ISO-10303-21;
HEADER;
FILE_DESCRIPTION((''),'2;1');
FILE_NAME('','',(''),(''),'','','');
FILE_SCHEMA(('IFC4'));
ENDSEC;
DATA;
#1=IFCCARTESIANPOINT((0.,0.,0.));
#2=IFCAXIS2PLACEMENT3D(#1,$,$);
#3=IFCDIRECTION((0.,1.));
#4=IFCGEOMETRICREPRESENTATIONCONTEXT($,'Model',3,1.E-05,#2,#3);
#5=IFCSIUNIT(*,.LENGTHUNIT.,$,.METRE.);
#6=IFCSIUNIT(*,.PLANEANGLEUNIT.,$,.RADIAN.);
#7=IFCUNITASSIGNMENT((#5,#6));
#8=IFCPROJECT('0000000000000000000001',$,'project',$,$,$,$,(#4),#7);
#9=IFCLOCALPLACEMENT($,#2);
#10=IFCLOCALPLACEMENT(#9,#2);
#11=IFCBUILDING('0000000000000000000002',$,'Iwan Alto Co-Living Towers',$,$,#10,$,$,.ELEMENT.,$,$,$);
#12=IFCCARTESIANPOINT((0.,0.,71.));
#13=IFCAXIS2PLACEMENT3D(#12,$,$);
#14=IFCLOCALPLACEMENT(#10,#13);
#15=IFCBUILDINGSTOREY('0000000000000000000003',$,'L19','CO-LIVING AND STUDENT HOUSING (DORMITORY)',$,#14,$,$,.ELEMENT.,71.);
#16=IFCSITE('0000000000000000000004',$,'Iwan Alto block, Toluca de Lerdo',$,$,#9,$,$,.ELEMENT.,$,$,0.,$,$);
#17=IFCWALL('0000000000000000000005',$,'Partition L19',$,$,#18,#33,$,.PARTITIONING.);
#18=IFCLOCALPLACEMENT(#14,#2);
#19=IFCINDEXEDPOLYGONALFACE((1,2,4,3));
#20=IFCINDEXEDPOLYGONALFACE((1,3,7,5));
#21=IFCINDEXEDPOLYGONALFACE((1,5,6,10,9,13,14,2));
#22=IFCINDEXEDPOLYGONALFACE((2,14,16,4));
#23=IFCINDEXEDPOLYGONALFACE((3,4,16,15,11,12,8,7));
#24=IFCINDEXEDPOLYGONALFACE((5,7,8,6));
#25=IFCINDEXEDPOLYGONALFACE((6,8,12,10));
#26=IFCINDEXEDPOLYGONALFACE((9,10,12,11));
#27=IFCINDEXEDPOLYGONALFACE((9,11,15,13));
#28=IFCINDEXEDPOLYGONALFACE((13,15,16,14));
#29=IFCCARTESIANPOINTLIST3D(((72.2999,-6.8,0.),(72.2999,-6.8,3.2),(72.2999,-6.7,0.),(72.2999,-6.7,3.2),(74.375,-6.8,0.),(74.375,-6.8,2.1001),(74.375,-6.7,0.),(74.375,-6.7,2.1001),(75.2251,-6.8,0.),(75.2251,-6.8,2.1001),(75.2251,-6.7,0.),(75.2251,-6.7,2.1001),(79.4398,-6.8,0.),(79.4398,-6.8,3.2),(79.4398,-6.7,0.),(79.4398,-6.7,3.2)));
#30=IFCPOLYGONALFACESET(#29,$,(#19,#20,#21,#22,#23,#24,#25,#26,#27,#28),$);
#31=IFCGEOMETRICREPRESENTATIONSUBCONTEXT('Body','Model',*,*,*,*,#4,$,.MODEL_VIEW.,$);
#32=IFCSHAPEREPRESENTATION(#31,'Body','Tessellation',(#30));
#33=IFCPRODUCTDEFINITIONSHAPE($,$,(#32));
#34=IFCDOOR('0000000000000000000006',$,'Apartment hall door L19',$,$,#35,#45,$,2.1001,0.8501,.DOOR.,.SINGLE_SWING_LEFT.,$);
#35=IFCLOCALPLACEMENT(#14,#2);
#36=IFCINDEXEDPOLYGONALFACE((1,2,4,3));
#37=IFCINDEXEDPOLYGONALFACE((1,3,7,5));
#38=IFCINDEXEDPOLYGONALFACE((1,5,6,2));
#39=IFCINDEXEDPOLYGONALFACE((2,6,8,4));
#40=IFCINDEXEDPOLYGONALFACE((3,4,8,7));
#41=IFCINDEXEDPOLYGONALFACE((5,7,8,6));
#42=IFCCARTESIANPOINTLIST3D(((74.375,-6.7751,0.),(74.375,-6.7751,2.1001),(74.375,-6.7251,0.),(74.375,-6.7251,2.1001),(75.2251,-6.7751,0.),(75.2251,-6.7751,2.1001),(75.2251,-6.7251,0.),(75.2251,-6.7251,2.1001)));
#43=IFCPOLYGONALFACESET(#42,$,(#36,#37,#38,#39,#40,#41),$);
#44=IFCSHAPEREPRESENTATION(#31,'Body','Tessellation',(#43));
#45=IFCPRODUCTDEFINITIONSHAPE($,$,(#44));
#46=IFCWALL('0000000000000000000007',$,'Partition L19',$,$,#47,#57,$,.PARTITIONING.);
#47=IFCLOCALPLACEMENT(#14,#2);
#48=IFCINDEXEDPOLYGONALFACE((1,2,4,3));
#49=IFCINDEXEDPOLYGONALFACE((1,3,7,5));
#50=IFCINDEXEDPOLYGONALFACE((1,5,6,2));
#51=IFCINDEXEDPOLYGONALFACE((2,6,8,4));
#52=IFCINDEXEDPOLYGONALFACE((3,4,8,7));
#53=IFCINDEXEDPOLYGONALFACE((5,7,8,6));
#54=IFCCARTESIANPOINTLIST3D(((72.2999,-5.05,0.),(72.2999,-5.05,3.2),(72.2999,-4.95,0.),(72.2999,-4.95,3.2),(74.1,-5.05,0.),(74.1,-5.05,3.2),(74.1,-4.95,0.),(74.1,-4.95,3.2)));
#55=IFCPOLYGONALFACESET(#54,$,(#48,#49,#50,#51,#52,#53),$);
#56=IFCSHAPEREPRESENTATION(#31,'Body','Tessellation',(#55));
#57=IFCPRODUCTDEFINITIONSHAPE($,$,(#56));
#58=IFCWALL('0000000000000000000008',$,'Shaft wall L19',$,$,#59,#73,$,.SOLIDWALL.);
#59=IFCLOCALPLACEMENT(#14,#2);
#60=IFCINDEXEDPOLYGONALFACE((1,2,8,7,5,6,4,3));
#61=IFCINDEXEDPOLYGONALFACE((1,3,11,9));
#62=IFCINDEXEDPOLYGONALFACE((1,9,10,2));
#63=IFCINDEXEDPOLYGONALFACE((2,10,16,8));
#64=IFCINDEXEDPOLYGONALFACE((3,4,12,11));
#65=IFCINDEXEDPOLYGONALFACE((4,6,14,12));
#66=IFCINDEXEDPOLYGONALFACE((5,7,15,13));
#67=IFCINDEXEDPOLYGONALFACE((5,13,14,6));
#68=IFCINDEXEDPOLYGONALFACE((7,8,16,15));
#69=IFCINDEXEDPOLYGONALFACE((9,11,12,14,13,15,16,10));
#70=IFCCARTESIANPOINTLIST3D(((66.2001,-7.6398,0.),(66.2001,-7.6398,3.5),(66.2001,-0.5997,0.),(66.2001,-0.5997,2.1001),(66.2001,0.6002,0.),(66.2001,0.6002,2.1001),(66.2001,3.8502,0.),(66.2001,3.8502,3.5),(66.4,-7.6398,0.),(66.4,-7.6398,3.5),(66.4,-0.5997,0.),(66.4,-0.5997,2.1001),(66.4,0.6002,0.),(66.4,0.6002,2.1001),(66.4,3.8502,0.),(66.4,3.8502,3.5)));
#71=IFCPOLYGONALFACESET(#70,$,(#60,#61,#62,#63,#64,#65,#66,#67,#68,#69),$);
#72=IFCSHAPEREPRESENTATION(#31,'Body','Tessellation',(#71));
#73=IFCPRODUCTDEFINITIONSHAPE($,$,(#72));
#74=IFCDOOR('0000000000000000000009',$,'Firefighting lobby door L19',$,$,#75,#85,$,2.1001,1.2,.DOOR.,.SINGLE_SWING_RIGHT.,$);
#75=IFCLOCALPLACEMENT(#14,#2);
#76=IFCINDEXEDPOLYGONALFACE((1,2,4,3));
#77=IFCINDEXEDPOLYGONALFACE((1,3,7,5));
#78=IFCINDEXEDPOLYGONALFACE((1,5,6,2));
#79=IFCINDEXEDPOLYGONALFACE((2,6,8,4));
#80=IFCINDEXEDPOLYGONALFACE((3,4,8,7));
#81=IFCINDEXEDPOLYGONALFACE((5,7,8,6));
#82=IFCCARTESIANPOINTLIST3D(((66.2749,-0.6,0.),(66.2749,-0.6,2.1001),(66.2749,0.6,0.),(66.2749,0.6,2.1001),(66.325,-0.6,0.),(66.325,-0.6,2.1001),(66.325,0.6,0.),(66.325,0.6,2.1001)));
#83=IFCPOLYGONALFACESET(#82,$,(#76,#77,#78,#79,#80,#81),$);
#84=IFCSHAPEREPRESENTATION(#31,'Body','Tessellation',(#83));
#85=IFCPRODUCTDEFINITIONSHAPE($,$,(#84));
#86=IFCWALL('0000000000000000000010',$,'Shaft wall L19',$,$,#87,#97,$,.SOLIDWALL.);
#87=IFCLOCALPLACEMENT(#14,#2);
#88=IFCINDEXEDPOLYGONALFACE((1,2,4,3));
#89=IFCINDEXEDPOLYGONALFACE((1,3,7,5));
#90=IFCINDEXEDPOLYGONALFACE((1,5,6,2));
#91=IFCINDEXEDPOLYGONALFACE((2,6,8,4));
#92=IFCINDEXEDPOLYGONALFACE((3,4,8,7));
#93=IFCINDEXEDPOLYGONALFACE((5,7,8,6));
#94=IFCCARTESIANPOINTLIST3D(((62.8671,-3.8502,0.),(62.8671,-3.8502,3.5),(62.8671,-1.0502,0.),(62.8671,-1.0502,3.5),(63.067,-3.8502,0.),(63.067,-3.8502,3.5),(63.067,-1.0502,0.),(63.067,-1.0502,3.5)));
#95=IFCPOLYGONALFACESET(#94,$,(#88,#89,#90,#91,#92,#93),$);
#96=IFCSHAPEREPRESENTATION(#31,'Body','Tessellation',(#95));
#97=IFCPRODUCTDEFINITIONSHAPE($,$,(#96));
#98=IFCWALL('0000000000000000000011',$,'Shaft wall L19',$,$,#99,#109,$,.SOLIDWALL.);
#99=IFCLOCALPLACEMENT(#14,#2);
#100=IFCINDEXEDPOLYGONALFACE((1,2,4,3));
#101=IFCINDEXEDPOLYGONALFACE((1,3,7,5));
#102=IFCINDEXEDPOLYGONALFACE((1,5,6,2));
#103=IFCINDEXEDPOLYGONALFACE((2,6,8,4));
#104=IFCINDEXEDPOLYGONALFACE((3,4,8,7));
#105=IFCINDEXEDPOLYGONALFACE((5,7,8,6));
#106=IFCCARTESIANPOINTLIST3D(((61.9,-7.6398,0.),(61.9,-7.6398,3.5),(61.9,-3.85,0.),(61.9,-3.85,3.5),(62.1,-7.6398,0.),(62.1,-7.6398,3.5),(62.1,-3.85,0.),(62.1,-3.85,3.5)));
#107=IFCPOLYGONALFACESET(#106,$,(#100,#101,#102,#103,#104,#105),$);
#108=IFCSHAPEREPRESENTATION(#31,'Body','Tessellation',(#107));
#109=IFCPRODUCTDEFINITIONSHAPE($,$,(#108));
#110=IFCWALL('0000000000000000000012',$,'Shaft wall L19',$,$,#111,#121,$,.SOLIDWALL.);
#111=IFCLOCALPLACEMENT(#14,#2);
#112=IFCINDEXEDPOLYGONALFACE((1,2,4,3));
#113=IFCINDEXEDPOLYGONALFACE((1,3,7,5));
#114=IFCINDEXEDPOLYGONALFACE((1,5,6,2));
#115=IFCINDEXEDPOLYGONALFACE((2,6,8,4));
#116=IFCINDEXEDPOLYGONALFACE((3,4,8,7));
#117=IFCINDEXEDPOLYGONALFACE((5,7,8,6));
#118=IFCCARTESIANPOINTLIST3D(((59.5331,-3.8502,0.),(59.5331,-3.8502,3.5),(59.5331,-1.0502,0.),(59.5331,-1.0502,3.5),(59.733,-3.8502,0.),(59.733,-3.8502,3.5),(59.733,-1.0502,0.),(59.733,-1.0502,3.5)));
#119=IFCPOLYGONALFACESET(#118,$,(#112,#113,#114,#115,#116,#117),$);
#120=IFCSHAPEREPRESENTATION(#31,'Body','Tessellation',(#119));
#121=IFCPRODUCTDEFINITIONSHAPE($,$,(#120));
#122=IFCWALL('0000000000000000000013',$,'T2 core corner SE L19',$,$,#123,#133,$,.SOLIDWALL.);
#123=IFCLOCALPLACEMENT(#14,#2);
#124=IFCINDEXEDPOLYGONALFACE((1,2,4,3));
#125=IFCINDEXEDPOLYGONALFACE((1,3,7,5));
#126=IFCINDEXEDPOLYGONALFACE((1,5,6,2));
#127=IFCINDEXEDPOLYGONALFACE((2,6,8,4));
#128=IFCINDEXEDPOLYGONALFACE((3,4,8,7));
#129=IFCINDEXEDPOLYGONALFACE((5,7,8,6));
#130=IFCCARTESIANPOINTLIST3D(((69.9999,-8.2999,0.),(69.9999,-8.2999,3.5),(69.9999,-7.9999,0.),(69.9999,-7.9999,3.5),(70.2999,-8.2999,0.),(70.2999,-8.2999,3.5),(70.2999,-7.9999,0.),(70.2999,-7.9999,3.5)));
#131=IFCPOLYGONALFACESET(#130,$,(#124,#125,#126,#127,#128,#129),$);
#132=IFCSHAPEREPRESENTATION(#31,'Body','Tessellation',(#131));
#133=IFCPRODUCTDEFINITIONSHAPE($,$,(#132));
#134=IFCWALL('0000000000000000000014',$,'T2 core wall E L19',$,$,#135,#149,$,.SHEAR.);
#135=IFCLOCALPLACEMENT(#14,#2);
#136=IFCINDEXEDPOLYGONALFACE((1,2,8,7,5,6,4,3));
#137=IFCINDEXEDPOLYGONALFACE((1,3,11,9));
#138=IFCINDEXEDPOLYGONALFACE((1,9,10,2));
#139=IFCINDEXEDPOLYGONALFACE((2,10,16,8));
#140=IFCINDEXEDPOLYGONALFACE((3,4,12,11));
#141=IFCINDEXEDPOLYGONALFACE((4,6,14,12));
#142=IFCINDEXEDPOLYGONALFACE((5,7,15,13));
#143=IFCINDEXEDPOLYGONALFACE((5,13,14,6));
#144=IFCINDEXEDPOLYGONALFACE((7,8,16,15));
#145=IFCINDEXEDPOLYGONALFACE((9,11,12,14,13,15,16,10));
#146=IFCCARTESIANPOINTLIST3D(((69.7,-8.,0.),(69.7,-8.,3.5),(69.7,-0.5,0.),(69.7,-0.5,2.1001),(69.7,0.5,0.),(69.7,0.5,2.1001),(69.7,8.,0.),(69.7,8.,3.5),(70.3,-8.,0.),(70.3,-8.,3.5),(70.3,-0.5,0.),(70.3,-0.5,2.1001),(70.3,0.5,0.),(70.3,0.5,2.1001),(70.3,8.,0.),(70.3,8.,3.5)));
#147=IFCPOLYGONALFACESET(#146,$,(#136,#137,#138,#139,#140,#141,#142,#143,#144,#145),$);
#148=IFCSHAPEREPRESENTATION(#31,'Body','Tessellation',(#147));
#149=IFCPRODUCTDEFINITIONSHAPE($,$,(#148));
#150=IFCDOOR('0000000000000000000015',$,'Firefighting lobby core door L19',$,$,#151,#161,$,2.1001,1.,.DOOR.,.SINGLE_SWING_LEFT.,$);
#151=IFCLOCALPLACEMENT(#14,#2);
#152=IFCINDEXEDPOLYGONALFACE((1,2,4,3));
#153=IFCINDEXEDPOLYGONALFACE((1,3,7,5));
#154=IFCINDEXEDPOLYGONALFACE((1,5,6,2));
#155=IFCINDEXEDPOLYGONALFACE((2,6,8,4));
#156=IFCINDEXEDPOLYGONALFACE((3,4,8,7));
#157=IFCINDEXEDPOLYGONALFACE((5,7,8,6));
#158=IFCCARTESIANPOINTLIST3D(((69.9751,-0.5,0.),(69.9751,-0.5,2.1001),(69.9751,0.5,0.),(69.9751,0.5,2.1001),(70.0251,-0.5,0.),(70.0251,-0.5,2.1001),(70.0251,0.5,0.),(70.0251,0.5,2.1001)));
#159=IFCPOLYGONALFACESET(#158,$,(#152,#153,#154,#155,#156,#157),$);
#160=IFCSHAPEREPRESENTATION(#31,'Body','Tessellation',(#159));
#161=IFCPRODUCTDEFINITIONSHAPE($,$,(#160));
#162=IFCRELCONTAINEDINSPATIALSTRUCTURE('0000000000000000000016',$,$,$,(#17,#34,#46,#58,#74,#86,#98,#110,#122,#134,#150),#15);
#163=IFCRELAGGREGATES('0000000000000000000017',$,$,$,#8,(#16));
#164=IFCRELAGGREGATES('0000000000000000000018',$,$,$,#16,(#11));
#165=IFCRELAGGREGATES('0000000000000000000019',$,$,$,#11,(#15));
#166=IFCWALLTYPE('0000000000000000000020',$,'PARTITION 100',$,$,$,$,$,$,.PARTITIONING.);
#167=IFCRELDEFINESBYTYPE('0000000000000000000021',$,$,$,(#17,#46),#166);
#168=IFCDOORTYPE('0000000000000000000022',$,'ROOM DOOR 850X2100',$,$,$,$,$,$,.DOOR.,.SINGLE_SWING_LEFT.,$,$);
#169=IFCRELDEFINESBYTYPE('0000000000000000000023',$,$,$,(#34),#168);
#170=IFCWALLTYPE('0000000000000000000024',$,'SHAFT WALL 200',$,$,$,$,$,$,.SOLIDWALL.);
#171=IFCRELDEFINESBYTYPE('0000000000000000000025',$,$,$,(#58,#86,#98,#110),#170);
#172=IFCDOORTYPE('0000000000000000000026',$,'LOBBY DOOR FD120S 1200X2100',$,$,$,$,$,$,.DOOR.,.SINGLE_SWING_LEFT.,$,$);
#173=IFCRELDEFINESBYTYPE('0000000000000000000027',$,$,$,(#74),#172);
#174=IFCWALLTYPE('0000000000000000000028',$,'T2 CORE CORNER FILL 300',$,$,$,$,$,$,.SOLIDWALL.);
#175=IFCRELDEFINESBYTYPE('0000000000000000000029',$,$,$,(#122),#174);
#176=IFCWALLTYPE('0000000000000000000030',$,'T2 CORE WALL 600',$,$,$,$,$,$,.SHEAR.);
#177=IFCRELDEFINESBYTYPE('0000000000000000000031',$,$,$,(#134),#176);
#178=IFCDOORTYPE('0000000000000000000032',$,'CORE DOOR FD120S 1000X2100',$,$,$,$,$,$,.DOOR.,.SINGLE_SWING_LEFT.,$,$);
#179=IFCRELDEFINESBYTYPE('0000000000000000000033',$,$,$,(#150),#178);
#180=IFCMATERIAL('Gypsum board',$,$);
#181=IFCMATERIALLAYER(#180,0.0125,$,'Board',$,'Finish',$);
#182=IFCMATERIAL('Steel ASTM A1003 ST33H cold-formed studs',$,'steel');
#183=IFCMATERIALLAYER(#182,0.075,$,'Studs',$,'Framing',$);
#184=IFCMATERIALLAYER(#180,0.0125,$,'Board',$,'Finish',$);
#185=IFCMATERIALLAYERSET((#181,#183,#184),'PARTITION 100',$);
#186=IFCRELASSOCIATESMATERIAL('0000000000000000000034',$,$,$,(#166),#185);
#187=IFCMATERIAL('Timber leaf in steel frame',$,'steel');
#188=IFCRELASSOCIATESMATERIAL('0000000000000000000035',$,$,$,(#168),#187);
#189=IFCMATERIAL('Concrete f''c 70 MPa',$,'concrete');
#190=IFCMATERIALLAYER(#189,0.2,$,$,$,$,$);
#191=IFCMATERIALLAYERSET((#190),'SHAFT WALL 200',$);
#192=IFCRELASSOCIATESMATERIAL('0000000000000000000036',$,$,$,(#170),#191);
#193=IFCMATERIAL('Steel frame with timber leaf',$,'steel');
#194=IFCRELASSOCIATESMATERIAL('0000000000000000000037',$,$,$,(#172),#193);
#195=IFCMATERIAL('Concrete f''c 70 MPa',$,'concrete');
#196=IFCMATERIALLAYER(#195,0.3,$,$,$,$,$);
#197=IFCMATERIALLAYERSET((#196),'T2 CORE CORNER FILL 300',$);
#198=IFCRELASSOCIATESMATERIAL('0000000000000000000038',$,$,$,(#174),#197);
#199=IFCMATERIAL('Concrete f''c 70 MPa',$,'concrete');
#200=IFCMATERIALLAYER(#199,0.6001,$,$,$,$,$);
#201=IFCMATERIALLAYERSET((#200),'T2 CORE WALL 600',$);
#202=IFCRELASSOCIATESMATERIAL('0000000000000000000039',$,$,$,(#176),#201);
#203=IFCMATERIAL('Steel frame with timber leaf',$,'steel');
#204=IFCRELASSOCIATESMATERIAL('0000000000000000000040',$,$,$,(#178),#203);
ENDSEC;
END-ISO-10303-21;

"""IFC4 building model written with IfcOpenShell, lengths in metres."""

from ifc_helpers import new_model, si_unit, direction, frame, frame_2d, origin, place, context, subcontext, project, spatial, rectangle, extrude, material, layer, layer_set, type_object, element, fill, save


model = new_model("IFC4")

# Units and contexts
model_context = context("Model", 3, precision=1e-05, world=origin(), true_north=direction((0.0, 1.0)))
body_context = subcontext(model_context, "Body", "Model", "MODEL_VIEW")
ifc_project = project(units=[si_unit("LENGTHUNIT", "METRE"), si_unit("PLANEANGLEUNIT", "RADIAN")], contexts=[model_context])

# Site, building, storey
site_placement = place(None, origin())
site = spatial("IfcSite", under=ifc_project, at=site_placement, Name="Iwan Alto block, Toluca de Lerdo", CompositionType="ELEMENT", RefElevation=0.0)
building_placement = place(site_placement, origin())
building = spatial("IfcBuilding", under=site, at=building_placement, Name="Iwan Alto Co-Living Towers", CompositionType="ELEMENT")
storey_placement = place(building_placement, frame((0.0, 0.0, 71.0)))
storey = spatial("IfcBuildingStorey", under=building, at=storey_placement, Name="L19", Description="CO-LIVING AND STUDENT HOUSING (DORMITORY)", CompositionType="ELEMENT", Elevation=71.0)

# Wall, opening, door
ifc_material_1 = material(Name="Gypsum board")
ifc_layer_1 = layer(ifc_material_1, 0.0125, Name="Board", Category="Finish")
ifc_material_2 = material(Name="Steel ASTM A1003 ST33H cold-formed studs", Category="steel")
ifc_layer_2 = layer(ifc_material_2, 0.075, Name="Studs", Category="Framing")
ifc_layer_3 = layer(ifc_material_1, 0.0125, Name="Board", Category="Finish")
ifc_layer_set_1 = layer_set([ifc_layer_1, ifc_layer_2, ifc_layer_3], Name="PARTITION 100")
wall_type_1 = type_object("IfcWallType", Name="PARTITION 100", PredefinedType="PARTITIONING", material=ifc_layer_set_1)
wall_1_placement = place(storey_placement, frame((72.3, -6.75, 0.0), z_axis=(0.0, 0.0, 1.0), x_axis=(1.0, 0.0, 0.0)))
wall_1 = element("IfcWall", 1, at=wall_1_placement, inside=storey, type_object=wall_type_1, Name="Partition L19", PredefinedType="PARTITIONING", context=body_context, shape_type="SweptSolid", body=[
    extrude(rectangle(XDim=7.1399, YDim=0.1001, at=frame_2d((3.5698, 0.0))), origin(), (0.0, 0.0, 1.0), 3.2),
])
opening_1_placement = place(wall_1_placement, frame((2.075, 0.0, 0.0)))
opening_1 = element("IfcOpeningElement", 2, at=opening_1_placement, cuts=wall_1, PredefinedType="OPENING", context=body_context, shape_type="SweptSolid", body=[
    extrude(rectangle(XDim=0.8501, YDim=2.1001, at=frame_2d((0.425, 1.05))), frame((0.0, 0.0601, 0.0), z_axis=(0.0, -1.0, 0.0), x_axis=(1.0, 0.0, 0.0)), (0.0, 0.0, 1.0), 0.1201),
])
ifc_material_3 = material(Name="Timber leaf in steel frame", Category="steel")
door_type_1 = type_object("IfcDoorType", Name="ROOM DOOR 850X2100", OperationType="SINGLE_SWING_LEFT", PredefinedType="DOOR", material=ifc_material_3)
door_1_placement = place(opening_1_placement, origin())
door_1 = element("IfcDoor", 3, at=door_1_placement, inside=storey, type_object=door_type_1, Name="Apartment hall door L19", OperationType="SINGLE_SWING_LEFT", OverallHeight=2.1001, OverallWidth=0.8501, PredefinedType="DOOR", context=body_context, shape_type="SweptSolid", body=[
    extrude(rectangle(XDim=0.8501, YDim=2.1001, at=frame_2d((0.425, 1.05))), frame((0.0, 0.0249, 0.0), z_axis=(0.0, -1.0, 0.0), x_axis=(1.0, 0.0, 0.0)), (0.0, 0.0, 1.0), 0.05),
])
fill(opening_1, door_1)

# Wall
wall_2_placement = place(storey_placement, frame((72.3, -5.0, 0.0), z_axis=(0.0, 0.0, 1.0), x_axis=(1.0, 0.0, 0.0)))
element("IfcWall", 4, at=wall_2_placement, inside=storey, type_object=wall_type_1, Name="Partition L19", PredefinedType="PARTITIONING", context=body_context, shape_type="SweptSolid", body=[
    extrude(rectangle(XDim=1.8, YDim=0.1001, at=frame_2d((0.8999, 0.0))), origin(), (0.0, 0.0, 1.0), 3.2),
])

# Wall, opening, door
ifc_material_4 = material(Name="Concrete f'c 70 MPa", Category="concrete")
ifc_layer_4 = layer(ifc_material_4, 0.2)
ifc_layer_set_2 = layer_set([ifc_layer_4], Name="SHAFT WALL 200")
wall_type_2 = type_object("IfcWallType", Name="SHAFT WALL 200", PredefinedType="SOLIDWALL", material=ifc_layer_set_2)
wall_3_placement = place(storey_placement, frame((66.3, -7.6399, 0.0), z_axis=(0.0, 0.0, 1.0), x_axis=(0.0, 1.0, 0.0)))
wall_3 = element("IfcWall", 5, at=wall_3_placement, inside=storey, type_object=wall_type_2, Name="Shaft wall L19", PredefinedType="SOLIDWALL", context=body_context, shape_type="SweptSolid", body=[
    extrude(rectangle(XDim=11.49, YDim=0.2, at=frame_2d((5.7451, 0.0))), origin(), (0.0, 0.0, 1.0), 3.5),
])
opening_2_placement = place(wall_3_placement, frame((7.04, 0.0, 0.0)))
opening_2 = element("IfcOpeningElement", 6, at=opening_2_placement, cuts=wall_3, PredefinedType="OPENING", context=body_context, shape_type="SweptSolid", body=[
    extrude(rectangle(XDim=1.2, YDim=2.1001, at=frame_2d((0.6001, 1.05))), frame((0.0, 0.1099, 0.0), z_axis=(0.0, -1.0, 0.0), x_axis=(1.0, 0.0, 0.0)), (0.0, 0.0, 1.0), 0.22),
])
ifc_material_5 = material(Name="Steel frame with timber leaf", Category="steel")
door_type_2 = type_object("IfcDoorType", Name="LOBBY DOOR FD120S 1200X2100", OperationType="SINGLE_SWING_LEFT", PredefinedType="DOOR", material=ifc_material_5)
door_2_placement = place(opening_2_placement, frame((1.2, 0.0, 0.0), z_axis=(0.0, 0.0, 1.0), x_axis=(-1.0, 0.0, 0.0)))
door_2 = element("IfcDoor", 7, at=door_2_placement, inside=storey, type_object=door_type_2, Name="Firefighting lobby door L19", OperationType="SINGLE_SWING_RIGHT", OverallHeight=2.1001, OverallWidth=1.2, PredefinedType="DOOR", context=body_context, shape_type="SweptSolid", body=[
    extrude(rectangle(XDim=1.2, YDim=2.1001, at=frame_2d((0.6001, 1.05))), frame((0.0, 0.0249, 0.0), z_axis=(0.0, -1.0, 0.0), x_axis=(1.0, 0.0, 0.0)), (0.0, 0.0, 1.0), 0.05),
])
fill(opening_2, door_2)

# Walls
wall_4_placement = place(storey_placement, frame((62.967, -3.8501, 0.0), z_axis=(0.0, 0.0, 1.0), x_axis=(0.0, 1.0, 0.0)))
element("IfcWall", 8, at=wall_4_placement, inside=storey, type_object=wall_type_2, Name="Shaft wall L19", PredefinedType="SOLIDWALL", context=body_context, shape_type="SweptSolid", body=[
    extrude(rectangle(XDim=2.8, YDim=0.2, at=frame_2d((1.3999, 0.0))), origin(), (0.0, 0.0, 1.0), 3.5),
])
wall_5_placement = place(storey_placement, frame((62.0, -7.6399, 0.0), z_axis=(0.0, 0.0, 1.0), x_axis=(0.0, 1.0, 0.0)))
element("IfcWall", 9, at=wall_5_placement, inside=storey, type_object=wall_type_2, Name="Shaft wall L19", PredefinedType="SOLIDWALL", context=body_context, shape_type="SweptSolid", body=[
    extrude(rectangle(XDim=3.7898, YDim=0.2, at=frame_2d((1.895, 0.0))), origin(), (0.0, 0.0, 1.0), 3.5),
])
wall_6_placement = place(storey_placement, frame((59.6331, -3.8501, 0.0), z_axis=(0.0, 0.0, 1.0), x_axis=(0.0, 1.0, 0.0)))
element("IfcWall", 10, at=wall_6_placement, inside=storey, type_object=wall_type_2, Name="Shaft wall L19", PredefinedType="SOLIDWALL", context=body_context, shape_type="SweptSolid", body=[
    extrude(rectangle(XDim=2.8, YDim=0.2, at=frame_2d((1.3999, 0.0))), origin(), (0.0, 0.0, 1.0), 3.5),
])
ifc_material_6 = material(Name="Concrete f'c 70 MPa", Category="concrete")
ifc_layer_5 = layer(ifc_material_6, 0.3)
ifc_layer_set_3 = layer_set([ifc_layer_5], Name="T2 CORE CORNER FILL 300")
wall_type_3 = type_object("IfcWallType", Name="T2 CORE CORNER FILL 300", PredefinedType="SOLIDWALL", material=ifc_layer_set_3)
wall_7_placement = place(storey_placement, frame((70.0, -8.1499, 0.0), z_axis=(0.0, 0.0, 1.0), x_axis=(1.0, 0.0, 0.0)))
element("IfcWall", 11, at=wall_7_placement, inside=storey, type_object=wall_type_3, Name="T2 core corner SE L19", PredefinedType="SOLIDWALL", context=body_context, shape_type="SweptSolid", body=[
    extrude(rectangle(XDim=0.3, YDim=0.3, at=frame_2d((0.1499, 0.0))), origin(), (0.0, 0.0, 1.0), 3.5),
])

# Wall, opening, door
ifc_material_7 = material(Name="Concrete f'c 70 MPa", Category="concrete")
ifc_layer_6 = layer(ifc_material_7, 0.6001)
ifc_layer_set_4 = layer_set([ifc_layer_6], Name="T2 CORE WALL 600")
wall_type_4 = type_object("IfcWallType", Name="T2 CORE WALL 600", PredefinedType="SHEAR", material=ifc_layer_set_4)
wall_8_placement = place(storey_placement, frame((70.0, -8.0, 0.0), z_axis=(0.0, 0.0, 1.0), x_axis=(0.0, 1.0, 0.0)))
wall_8 = element("IfcWall", 12, at=wall_8_placement, inside=storey, type_object=wall_type_4, Name="T2 core wall E L19", PredefinedType="SHEAR", context=body_context, shape_type="SweptSolid", body=[
    extrude(rectangle(XDim=16.0, YDim=0.6001, at=frame_2d((8.0, 0.0))), origin(), (0.0, 0.0, 1.0), 3.5),
])
opening_3_placement = place(wall_8_placement, frame((7.5, 0.0, 0.0)))
opening_3 = element("IfcOpeningElement", 13, at=opening_3_placement, cuts=wall_8, PredefinedType="OPENING", context=body_context, shape_type="SweptSolid", body=[
    extrude(rectangle(XDim=1.0, YDim=2.1001, at=frame_2d((0.5, 1.05))), frame((0.0, 0.3101, 0.0), z_axis=(0.0, -1.0, 0.0), x_axis=(1.0, 0.0, 0.0)), (0.0, 0.0, 1.0), 0.6201),
])
ifc_material_8 = material(Name="Steel frame with timber leaf", Category="steel")
door_type_3 = type_object("IfcDoorType", Name="CORE DOOR FD120S 1000X2100", OperationType="SINGLE_SWING_LEFT", PredefinedType="DOOR", material=ifc_material_8)
door_3_placement = place(opening_3_placement, origin())
door_3 = element("IfcDoor", 14, at=door_3_placement, inside=storey, type_object=door_type_3, Name="Firefighting lobby core door L19", OperationType="SINGLE_SWING_LEFT", OverallHeight=2.1001, OverallWidth=1.0, PredefinedType="DOOR", context=body_context, shape_type="SweptSolid", body=[
    extrude(rectangle(XDim=1.0, YDim=2.1001, at=frame_2d((0.5, 1.05))), frame((0.0, 0.0249, 0.0), z_axis=(0.0, -1.0, 0.0), x_axis=(1.0, 0.0, 0.0)), (0.0, 0.0, 1.0), 0.05),
])
fill(opening_3, door_3)

save(model, "model.ifc")
